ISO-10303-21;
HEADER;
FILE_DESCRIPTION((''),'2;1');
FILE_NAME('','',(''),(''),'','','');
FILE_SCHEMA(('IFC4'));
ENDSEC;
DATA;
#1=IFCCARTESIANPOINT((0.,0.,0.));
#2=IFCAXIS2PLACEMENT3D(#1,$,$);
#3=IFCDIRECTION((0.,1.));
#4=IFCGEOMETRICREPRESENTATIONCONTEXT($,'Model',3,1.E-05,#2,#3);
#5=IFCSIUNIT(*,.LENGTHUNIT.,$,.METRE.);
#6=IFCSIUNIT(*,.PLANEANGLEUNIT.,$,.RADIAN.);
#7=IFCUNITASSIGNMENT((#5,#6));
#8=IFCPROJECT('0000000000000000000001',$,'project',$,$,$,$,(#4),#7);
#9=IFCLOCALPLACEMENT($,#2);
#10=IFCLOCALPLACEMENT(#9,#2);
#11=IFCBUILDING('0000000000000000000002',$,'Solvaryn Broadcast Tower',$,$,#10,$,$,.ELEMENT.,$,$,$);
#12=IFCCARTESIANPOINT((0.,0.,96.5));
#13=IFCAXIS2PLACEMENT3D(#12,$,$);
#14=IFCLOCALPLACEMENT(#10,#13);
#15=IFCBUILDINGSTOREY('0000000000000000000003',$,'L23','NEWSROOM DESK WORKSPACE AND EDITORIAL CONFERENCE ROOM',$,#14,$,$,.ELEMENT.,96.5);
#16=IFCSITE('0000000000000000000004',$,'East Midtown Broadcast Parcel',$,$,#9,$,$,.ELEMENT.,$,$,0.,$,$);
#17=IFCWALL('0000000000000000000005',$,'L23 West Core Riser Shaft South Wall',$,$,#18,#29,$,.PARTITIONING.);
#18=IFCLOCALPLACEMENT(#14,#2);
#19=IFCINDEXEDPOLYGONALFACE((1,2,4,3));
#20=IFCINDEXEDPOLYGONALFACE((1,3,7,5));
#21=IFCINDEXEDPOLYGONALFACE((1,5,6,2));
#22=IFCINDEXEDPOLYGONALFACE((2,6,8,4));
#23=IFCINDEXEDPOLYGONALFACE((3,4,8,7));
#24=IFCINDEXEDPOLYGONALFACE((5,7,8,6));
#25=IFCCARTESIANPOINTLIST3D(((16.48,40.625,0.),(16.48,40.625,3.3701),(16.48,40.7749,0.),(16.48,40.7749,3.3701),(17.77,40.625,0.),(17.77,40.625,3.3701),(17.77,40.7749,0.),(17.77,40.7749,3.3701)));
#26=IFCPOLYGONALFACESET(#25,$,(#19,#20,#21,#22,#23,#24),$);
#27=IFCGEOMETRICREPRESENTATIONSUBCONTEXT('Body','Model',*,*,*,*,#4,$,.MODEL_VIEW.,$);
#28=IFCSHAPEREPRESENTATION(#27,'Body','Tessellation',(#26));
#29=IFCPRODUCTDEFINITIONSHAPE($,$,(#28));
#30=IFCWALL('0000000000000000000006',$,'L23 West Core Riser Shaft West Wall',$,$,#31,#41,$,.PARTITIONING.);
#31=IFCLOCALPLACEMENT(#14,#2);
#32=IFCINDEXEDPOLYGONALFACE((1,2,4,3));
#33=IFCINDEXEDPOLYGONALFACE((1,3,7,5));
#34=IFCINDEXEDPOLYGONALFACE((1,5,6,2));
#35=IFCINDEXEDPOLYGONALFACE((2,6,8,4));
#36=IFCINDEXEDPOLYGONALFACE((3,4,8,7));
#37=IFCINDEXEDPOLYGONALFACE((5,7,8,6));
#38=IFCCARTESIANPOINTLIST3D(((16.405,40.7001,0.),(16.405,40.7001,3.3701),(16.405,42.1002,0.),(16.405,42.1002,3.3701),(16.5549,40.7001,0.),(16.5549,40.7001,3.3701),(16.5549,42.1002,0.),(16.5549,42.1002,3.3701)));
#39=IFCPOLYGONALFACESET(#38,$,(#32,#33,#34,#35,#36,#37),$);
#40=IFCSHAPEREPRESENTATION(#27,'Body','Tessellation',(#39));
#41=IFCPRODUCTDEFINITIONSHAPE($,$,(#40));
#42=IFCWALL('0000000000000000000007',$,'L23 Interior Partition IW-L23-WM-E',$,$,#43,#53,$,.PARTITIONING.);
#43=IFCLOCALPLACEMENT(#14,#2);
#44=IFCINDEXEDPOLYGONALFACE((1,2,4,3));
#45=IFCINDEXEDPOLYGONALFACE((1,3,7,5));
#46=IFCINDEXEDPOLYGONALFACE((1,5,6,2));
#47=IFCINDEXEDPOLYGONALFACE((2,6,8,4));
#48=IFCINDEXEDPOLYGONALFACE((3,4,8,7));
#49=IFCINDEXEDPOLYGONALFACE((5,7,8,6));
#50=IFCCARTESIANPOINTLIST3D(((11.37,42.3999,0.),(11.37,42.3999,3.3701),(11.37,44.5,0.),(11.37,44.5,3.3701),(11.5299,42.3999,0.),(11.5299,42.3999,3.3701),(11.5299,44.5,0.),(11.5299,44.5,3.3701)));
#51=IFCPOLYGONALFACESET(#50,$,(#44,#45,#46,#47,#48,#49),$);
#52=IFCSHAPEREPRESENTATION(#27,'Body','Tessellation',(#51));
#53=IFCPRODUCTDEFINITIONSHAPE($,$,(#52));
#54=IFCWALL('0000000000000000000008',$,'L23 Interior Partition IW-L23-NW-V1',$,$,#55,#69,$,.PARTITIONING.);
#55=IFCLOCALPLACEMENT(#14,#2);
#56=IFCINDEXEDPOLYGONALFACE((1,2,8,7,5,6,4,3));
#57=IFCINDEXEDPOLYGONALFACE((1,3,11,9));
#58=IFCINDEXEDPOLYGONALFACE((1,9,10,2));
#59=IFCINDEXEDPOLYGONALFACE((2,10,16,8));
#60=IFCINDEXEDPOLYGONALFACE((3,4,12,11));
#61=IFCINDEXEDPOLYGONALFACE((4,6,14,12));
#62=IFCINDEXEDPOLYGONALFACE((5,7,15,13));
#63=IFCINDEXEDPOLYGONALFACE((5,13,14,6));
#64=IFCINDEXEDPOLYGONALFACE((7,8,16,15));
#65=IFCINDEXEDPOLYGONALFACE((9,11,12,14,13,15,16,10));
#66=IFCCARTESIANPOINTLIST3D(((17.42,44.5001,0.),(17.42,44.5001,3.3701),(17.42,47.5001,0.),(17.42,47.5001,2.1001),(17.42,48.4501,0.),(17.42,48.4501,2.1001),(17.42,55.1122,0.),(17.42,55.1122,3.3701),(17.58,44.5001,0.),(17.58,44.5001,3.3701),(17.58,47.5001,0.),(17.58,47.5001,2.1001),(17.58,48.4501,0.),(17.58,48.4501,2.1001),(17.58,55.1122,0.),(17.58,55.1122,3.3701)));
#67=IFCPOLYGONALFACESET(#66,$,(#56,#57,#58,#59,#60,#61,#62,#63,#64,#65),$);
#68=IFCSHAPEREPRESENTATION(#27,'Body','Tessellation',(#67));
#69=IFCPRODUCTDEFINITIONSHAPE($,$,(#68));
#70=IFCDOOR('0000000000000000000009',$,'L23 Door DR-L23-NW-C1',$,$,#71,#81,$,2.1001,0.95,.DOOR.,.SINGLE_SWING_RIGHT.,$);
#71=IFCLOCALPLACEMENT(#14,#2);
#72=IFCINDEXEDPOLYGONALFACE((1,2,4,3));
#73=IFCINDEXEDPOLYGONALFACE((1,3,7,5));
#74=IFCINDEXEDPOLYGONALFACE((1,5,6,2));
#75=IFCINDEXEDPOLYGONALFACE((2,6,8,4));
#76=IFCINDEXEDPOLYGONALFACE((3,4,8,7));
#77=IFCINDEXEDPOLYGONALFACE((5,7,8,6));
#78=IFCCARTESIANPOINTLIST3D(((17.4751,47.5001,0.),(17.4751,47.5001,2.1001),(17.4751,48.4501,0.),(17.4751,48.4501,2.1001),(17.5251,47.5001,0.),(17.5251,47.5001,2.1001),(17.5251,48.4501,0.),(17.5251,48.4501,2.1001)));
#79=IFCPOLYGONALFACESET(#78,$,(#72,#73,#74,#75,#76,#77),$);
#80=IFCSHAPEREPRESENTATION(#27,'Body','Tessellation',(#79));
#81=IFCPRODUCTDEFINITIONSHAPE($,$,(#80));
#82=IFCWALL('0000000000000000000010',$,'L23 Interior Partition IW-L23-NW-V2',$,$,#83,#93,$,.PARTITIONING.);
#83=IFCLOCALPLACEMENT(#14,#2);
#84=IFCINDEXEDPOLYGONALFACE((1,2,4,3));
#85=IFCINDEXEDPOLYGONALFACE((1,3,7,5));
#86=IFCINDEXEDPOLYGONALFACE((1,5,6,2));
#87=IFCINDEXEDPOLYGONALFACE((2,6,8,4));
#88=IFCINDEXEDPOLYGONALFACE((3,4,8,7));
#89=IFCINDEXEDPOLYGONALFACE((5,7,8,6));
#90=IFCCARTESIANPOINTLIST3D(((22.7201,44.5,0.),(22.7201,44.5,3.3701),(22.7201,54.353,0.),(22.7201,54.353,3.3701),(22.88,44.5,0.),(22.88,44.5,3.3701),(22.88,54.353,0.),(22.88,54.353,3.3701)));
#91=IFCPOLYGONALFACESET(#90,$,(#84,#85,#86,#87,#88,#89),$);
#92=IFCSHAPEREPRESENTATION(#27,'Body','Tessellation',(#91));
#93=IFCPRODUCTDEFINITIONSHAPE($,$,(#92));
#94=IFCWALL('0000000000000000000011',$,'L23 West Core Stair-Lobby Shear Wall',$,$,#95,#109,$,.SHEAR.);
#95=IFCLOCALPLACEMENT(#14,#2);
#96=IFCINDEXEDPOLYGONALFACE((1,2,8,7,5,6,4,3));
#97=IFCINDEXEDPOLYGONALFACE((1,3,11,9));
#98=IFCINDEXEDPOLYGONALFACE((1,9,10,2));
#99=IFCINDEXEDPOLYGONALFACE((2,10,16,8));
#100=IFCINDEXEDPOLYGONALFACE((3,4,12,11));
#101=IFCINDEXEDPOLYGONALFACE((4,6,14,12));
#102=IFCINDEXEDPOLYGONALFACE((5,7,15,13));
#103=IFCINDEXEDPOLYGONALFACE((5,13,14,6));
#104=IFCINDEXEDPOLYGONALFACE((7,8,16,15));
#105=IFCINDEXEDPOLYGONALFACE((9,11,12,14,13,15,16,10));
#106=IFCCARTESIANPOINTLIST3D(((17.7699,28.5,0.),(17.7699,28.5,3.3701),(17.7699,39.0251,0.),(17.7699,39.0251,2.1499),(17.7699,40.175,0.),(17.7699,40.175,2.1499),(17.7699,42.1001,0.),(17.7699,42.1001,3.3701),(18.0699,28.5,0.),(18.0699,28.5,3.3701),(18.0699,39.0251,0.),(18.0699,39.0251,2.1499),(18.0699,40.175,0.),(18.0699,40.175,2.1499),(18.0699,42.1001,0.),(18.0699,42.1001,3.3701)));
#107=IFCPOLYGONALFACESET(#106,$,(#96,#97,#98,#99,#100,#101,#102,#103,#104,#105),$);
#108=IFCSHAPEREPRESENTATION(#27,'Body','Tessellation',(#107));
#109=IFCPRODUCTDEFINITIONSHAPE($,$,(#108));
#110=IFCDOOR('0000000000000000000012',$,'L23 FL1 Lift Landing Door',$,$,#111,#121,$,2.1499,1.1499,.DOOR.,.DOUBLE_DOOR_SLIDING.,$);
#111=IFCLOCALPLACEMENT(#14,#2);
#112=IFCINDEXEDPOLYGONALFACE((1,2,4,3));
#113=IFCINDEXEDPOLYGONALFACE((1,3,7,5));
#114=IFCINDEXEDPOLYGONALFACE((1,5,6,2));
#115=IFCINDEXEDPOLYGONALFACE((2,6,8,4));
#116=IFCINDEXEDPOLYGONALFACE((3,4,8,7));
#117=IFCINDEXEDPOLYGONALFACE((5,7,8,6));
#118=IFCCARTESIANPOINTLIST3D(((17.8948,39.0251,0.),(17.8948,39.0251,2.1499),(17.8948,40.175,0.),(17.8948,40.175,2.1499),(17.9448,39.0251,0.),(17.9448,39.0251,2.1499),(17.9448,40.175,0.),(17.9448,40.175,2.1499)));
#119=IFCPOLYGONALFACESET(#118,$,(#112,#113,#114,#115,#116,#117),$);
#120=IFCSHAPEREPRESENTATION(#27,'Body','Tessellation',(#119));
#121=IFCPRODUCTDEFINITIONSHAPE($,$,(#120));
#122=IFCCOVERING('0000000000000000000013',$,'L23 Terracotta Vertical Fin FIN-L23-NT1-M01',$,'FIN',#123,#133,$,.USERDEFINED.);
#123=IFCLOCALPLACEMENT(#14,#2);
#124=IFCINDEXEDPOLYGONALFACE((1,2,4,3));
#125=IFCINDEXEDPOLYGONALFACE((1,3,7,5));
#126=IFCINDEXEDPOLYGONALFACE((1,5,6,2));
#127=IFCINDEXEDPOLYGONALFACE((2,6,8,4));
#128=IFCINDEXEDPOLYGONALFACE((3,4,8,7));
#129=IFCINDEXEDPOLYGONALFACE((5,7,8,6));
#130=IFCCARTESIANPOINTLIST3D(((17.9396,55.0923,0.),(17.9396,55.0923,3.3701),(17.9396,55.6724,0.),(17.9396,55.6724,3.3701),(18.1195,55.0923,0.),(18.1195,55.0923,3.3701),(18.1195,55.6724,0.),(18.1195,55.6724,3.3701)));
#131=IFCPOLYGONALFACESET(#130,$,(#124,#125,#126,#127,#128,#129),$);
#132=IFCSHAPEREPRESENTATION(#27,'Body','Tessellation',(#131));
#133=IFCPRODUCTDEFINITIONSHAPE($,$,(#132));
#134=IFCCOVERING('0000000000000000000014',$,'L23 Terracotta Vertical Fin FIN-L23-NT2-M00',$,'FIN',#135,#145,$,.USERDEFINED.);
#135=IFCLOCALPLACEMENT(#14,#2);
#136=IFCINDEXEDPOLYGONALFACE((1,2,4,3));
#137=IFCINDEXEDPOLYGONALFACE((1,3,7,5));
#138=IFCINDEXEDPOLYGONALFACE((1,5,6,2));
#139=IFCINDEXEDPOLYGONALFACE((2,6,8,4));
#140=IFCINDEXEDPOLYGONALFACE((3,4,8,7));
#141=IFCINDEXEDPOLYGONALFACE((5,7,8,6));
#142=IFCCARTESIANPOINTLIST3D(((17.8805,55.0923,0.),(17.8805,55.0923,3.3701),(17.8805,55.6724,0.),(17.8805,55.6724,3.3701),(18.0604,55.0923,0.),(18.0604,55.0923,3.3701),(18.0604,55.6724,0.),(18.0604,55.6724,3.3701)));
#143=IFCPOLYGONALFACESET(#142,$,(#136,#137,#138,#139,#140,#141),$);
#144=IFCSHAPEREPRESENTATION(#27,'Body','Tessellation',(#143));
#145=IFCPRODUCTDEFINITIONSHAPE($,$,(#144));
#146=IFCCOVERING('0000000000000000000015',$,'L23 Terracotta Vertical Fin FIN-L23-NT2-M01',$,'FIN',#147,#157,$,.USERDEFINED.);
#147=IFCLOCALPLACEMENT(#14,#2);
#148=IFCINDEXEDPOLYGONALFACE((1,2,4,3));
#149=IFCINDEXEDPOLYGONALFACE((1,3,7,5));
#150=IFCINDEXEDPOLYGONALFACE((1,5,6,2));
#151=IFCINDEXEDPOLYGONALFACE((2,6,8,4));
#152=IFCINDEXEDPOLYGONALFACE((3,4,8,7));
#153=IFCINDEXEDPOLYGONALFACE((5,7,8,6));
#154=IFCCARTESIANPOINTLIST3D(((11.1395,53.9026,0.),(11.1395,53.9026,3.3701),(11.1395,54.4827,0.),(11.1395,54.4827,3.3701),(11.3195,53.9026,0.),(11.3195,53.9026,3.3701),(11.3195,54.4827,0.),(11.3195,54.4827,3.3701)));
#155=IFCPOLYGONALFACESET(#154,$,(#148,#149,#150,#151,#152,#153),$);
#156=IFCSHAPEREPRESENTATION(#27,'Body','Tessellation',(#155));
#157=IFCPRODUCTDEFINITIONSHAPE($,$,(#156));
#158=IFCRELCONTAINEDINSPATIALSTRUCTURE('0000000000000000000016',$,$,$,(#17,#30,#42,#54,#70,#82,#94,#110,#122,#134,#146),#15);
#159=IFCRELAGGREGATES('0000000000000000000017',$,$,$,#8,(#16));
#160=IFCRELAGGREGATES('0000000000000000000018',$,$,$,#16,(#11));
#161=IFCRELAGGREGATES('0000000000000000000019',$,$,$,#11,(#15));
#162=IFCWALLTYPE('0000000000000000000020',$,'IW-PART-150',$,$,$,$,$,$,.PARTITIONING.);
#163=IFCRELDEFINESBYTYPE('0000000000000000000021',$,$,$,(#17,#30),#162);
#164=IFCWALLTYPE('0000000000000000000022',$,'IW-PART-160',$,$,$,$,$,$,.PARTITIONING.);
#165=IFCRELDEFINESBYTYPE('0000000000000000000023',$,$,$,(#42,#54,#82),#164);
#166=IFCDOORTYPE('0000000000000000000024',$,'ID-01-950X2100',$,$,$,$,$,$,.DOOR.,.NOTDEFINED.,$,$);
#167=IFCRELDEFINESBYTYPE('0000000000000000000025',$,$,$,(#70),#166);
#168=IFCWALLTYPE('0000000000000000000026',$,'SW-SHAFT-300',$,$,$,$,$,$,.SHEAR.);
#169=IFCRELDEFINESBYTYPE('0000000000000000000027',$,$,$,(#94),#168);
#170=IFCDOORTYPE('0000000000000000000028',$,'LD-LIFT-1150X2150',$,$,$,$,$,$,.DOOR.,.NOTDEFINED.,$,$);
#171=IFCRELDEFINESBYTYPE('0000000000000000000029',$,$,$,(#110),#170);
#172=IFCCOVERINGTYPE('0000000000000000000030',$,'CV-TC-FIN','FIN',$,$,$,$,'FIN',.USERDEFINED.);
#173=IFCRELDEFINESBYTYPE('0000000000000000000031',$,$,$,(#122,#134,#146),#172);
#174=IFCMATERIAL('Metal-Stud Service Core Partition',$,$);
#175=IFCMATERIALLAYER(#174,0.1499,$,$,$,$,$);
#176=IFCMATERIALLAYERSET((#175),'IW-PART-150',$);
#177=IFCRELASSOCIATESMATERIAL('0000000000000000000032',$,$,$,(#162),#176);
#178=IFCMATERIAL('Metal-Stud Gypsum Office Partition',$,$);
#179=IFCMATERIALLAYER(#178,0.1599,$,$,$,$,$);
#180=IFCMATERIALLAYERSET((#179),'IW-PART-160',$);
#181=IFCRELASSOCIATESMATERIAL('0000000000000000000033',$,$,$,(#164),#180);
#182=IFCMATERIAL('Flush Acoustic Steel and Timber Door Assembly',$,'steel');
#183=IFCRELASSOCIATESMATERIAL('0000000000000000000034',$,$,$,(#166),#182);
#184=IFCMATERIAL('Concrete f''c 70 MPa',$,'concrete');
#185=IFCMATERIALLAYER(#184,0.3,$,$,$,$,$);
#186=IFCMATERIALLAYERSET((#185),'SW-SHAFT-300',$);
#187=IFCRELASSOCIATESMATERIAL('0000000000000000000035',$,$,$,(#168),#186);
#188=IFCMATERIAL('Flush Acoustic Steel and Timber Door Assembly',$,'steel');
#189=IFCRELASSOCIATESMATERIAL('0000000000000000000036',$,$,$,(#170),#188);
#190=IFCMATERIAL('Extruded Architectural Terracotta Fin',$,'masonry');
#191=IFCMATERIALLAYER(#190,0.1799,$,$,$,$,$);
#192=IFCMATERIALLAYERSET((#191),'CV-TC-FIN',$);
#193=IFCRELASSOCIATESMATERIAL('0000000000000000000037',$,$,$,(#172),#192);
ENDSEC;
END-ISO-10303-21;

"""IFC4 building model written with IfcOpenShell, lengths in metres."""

from ifc_helpers import new_model, si_unit, direction, frame, frame_2d, origin, origin_2d, place, context, subcontext, project, spatial, rectangle, extrude, material, layer, layer_set, type_object, element, fill, save


model = new_model("IFC4")

# Units and contexts
model_context = context("Model", 3, precision=1e-05, world=origin(), true_north=direction((0.0, 1.0)))
body_context = subcontext(model_context, "Body", "Model", "MODEL_VIEW")
ifc_project = project(units=[si_unit("LENGTHUNIT", "METRE"), si_unit("PLANEANGLEUNIT", "RADIAN")], contexts=[model_context])

# Site, building, storey
site_placement = place(None, origin())
site = spatial("IfcSite", under=ifc_project, at=site_placement, Name="East Midtown Broadcast Parcel", CompositionType="ELEMENT", RefElevation=0.0)
building_placement = place(site_placement, origin())
building = spatial("IfcBuilding", under=site, at=building_placement, Name="Solvaryn Broadcast Tower", CompositionType="ELEMENT")
storey_placement = place(building_placement, frame((0.0, 0.0, 96.5)))
storey = spatial("IfcBuildingStorey", under=building, at=storey_placement, Name="L23", Description="NEWSROOM DESK WORKSPACE AND EDITORIAL CONFERENCE ROOM", CompositionType="ELEMENT", Elevation=96.5)

# Walls
ifc_material_1 = material(Name="Metal-Stud Service Core Partition")
ifc_layer_1 = layer(ifc_material_1, 0.1499)
ifc_layer_set_1 = layer_set([ifc_layer_1], Name="IW-PART-150")
wall_type_1 = type_object("IfcWallType", Name="IW-PART-150", PredefinedType="PARTITIONING", material=ifc_layer_set_1)
wall_1_placement = place(storey_placement, frame((16.48, 40.7, 0.0), z_axis=(0.0, 0.0, 1.0), x_axis=(1.0, 0.0, 0.0)))
element("IfcWall", 1, at=wall_1_placement, inside=storey, type_object=wall_type_1, Name="L23 West Core Riser Shaft South Wall", PredefinedType="PARTITIONING", context=body_context, shape_type="SweptSolid", body=[
    extrude(rectangle(XDim=1.29, YDim=0.1499, at=frame_2d((0.645, 0.0))), origin(), (0.0, 0.0, 1.0), 3.3701),
])
wall_2_placement = place(storey_placement, frame((16.48, 40.7, 0.0), z_axis=(0.0, 0.0, 1.0), x_axis=(0.0, 1.0, 0.0)))
element("IfcWall", 2, at=wall_2_placement, inside=storey, type_object=wall_type_1, Name="L23 West Core Riser Shaft West Wall", PredefinedType="PARTITIONING", context=body_context, shape_type="SweptSolid", body=[
    extrude(rectangle(XDim=1.4001, YDim=0.1499, at=frame_2d((0.7002, 0.0))), origin(), (0.0, 0.0, 1.0), 3.3701),
])
ifc_material_2 = material(Name="Metal-Stud Gypsum Office Partition")
ifc_layer_2 = layer(ifc_material_2, 0.1599)
ifc_layer_set_2 = layer_set([ifc_layer_2], Name="IW-PART-160")
wall_type_2 = type_object("IfcWallType", Name="IW-PART-160", PredefinedType="PARTITIONING", material=ifc_layer_set_2)
wall_3_placement = place(storey_placement, frame((11.45, 42.3999, 0.0), z_axis=(0.0, 0.0, 1.0), x_axis=(0.0, 1.0, 0.0)))
element("IfcWall", 3, at=wall_3_placement, inside=storey, type_object=wall_type_2, Name="L23 Interior Partition IW-L23-WM-E", PredefinedType="PARTITIONING", context=body_context, shape_type="SweptSolid", body=[
    extrude(rectangle(XDim=2.1001, YDim=0.1599, at=frame_2d((1.05, 0.0))), origin(), (0.0, 0.0, 1.0), 3.3701),
])

# Wall, opening, door
wall_4_placement = place(storey_placement, frame((17.5, 44.5, 0.0), z_axis=(0.0, 0.0, 1.0), x_axis=(0.0, 1.0, 0.0)))
wall_4 = element("IfcWall", 4, at=wall_4_placement, inside=storey, type_object=wall_type_2, Name="L23 Interior Partition IW-L23-NW-V1", PredefinedType="PARTITIONING", context=body_context, shape_type="SweptSolid", body=[
    extrude(rectangle(XDim=10.6121, YDim=0.1599, at=frame_2d((5.3062, 0.0))), origin(), (0.0, 0.0, 1.0), 3.3701),
])
opening_1_placement = place(wall_4_placement, frame((3.0, 0.0, 0.0)))
opening_1 = element("IfcOpeningElement", 5, at=opening_1_placement, cuts=wall_4, PredefinedType="OPENING", context=body_context, shape_type="SweptSolid", body=[
    extrude(rectangle(XDim=0.95, YDim=2.1001, at=frame_2d((0.4751, 1.05))), frame((0.0, 0.0901, 0.0), z_axis=(0.0, -1.0, 0.0), x_axis=(1.0, 0.0, 0.0)), (0.0, 0.0, 1.0), 0.1799),
])
ifc_material_3 = material(Name="Flush Acoustic Steel and Timber Door Assembly", Category="steel")
door_type_1 = type_object("IfcDoorType", Name="ID-01-950X2100", OperationType="NOTDEFINED", PredefinedType="DOOR", material=ifc_material_3)
door_1_placement = place(opening_1_placement, origin())
door_1 = element("IfcDoor", 6, at=door_1_placement, inside=storey, type_object=door_type_1, Name="L23 Door DR-L23-NW-C1", OperationType="SINGLE_SWING_RIGHT", OverallHeight=2.1001, OverallWidth=0.95, PredefinedType="DOOR", context=body_context, shape_type="SweptSolid", body=[
    extrude(rectangle(XDim=0.95, YDim=2.1001, at=frame_2d((0.4751, 1.05))), frame((0.0, 0.0249, 0.0), z_axis=(0.0, -1.0, 0.0), x_axis=(1.0, 0.0, 0.0)), (0.0, 0.0, 1.0), 0.05),
])
fill(opening_1, door_1)

# Wall
wall_5_placement = place(storey_placement, frame((22.8, 44.5, 0.0), z_axis=(0.0, 0.0, 1.0), x_axis=(0.0, 1.0, 0.0)))
element("IfcWall", 7, at=wall_5_placement, inside=storey, type_object=wall_type_2, Name="L23 Interior Partition IW-L23-NW-V2", PredefinedType="PARTITIONING", context=body_context, shape_type="SweptSolid", body=[
    extrude(rectangle(XDim=9.853, YDim=0.1599, at=frame_2d((4.9265, 0.0))), origin(), (0.0, 0.0, 1.0), 3.3701),
])

# Wall, opening, door
ifc_material_4 = material(Name="Concrete f'c 70 MPa", Category="concrete")
ifc_layer_3 = layer(ifc_material_4, 0.3)
ifc_layer_set_3 = layer_set([ifc_layer_3], Name="SW-SHAFT-300")
wall_type_3 = type_object("IfcWallType", Name="SW-SHAFT-300", PredefinedType="SHEAR", material=ifc_layer_set_3)
wall_6_placement = place(storey_placement, frame((17.9199, 42.1001, 0.0), z_axis=(0.0, 0.0, 1.0), x_axis=(0.0, -1.0, 0.0)))
wall_6 = element("IfcWall", 8, at=wall_6_placement, inside=storey, type_object=wall_type_3, Name="L23 West Core Stair-Lobby Shear Wall", PredefinedType="SHEAR", context=body_context, shape_type="SweptSolid", body=[
    extrude(rectangle(XDim=13.6001, YDim=0.3, at=frame_2d((6.8, 0.0))), origin(), (0.0, 0.0, 1.0), 3.3701),
])
opening_2_placement = place(wall_6_placement, frame((1.925, 0.0, 0.0)))
opening_2 = element("IfcOpeningElement", 9, at=opening_2_placement, cuts=wall_6, PredefinedType="OPENING", context=body_context, shape_type="SweptSolid", body=[
    extrude(rectangle(XDim=1.1499, YDim=2.1499, at=frame_2d((0.575, 1.075))), frame((0.0, 0.1599, 0.0), z_axis=(0.0, -1.0, 0.0), x_axis=(1.0, 0.0, 0.0)), (0.0, 0.0, 1.0), 0.3201),
])
ifc_material_5 = material(Name="Flush Acoustic Steel and Timber Door Assembly", Category="steel")
door_type_2 = type_object("IfcDoorType", Name="LD-LIFT-1150X2150", OperationType="NOTDEFINED", PredefinedType="DOOR", material=ifc_material_5)
door_2_placement = place(opening_2_placement, origin())
door_2 = element("IfcDoor", 10, at=door_2_placement, inside=storey, type_object=door_type_2, Name="L23 FL1 Lift Landing Door", OperationType="DOUBLE_DOOR_SLIDING", OverallHeight=2.1499, OverallWidth=1.1499, PredefinedType="DOOR", context=body_context, shape_type="SweptSolid", body=[
    extrude(rectangle(XDim=1.1499, YDim=2.1499, at=frame_2d((0.575, 1.075))), frame((0.0, 0.0249, 0.0), z_axis=(0.0, -1.0, 0.0), x_axis=(1.0, 0.0, 0.0)), (0.0, 0.0, 1.0), 0.05),
])
fill(opening_2, door_2)

# Coverings
ifc_material_6 = material(Name="Extruded Architectural Terracotta Fin", Category="masonry")
ifc_layer_4 = layer(ifc_material_6, 0.1799)
ifc_layer_set_4 = layer_set([ifc_layer_4], Name="CV-TC-FIN")
covering_type = type_object("IfcCoveringType", Name="CV-TC-FIN", Description="FIN", ElementType="FIN", PredefinedType="USERDEFINED", material=ifc_layer_set_4)
for number, where, z_axis, x_axis, name in (
    (11, (18.0295, 55.3823, 0.0), (0.0, 0.0, 1.0), (1.0, 0.0, 0.0), "L23 Terracotta Vertical Fin FIN-L23-NT1-M01"),
    (12, (17.9705, 55.3823, 0.0), (0.0, 0.0, 1.0), (1.0, 0.0, 0.0), "L23 Terracotta Vertical Fin FIN-L23-NT2-M00"),
    (13, (11.2295, 54.1926, 0.0), (0.0, 0.0, 1.0), (1.0, 0.0, 0.0), "L23 Terracotta Vertical Fin FIN-L23-NT2-M01"),
):
    element("IfcCovering", number, at=place(storey_placement, frame(where, z_axis=z_axis, x_axis=x_axis)), inside=storey, type_object=covering_type, Name=name, ObjectType="FIN", PredefinedType="USERDEFINED", context=body_context, shape_type="SweptSolid", body=[
        extrude(rectangle(XDim=0.1799, YDim=0.5801, at=origin_2d()), origin(), (0.0, 0.0, 1.0), 3.3701),
    ])

save(model, "model.ifc")
